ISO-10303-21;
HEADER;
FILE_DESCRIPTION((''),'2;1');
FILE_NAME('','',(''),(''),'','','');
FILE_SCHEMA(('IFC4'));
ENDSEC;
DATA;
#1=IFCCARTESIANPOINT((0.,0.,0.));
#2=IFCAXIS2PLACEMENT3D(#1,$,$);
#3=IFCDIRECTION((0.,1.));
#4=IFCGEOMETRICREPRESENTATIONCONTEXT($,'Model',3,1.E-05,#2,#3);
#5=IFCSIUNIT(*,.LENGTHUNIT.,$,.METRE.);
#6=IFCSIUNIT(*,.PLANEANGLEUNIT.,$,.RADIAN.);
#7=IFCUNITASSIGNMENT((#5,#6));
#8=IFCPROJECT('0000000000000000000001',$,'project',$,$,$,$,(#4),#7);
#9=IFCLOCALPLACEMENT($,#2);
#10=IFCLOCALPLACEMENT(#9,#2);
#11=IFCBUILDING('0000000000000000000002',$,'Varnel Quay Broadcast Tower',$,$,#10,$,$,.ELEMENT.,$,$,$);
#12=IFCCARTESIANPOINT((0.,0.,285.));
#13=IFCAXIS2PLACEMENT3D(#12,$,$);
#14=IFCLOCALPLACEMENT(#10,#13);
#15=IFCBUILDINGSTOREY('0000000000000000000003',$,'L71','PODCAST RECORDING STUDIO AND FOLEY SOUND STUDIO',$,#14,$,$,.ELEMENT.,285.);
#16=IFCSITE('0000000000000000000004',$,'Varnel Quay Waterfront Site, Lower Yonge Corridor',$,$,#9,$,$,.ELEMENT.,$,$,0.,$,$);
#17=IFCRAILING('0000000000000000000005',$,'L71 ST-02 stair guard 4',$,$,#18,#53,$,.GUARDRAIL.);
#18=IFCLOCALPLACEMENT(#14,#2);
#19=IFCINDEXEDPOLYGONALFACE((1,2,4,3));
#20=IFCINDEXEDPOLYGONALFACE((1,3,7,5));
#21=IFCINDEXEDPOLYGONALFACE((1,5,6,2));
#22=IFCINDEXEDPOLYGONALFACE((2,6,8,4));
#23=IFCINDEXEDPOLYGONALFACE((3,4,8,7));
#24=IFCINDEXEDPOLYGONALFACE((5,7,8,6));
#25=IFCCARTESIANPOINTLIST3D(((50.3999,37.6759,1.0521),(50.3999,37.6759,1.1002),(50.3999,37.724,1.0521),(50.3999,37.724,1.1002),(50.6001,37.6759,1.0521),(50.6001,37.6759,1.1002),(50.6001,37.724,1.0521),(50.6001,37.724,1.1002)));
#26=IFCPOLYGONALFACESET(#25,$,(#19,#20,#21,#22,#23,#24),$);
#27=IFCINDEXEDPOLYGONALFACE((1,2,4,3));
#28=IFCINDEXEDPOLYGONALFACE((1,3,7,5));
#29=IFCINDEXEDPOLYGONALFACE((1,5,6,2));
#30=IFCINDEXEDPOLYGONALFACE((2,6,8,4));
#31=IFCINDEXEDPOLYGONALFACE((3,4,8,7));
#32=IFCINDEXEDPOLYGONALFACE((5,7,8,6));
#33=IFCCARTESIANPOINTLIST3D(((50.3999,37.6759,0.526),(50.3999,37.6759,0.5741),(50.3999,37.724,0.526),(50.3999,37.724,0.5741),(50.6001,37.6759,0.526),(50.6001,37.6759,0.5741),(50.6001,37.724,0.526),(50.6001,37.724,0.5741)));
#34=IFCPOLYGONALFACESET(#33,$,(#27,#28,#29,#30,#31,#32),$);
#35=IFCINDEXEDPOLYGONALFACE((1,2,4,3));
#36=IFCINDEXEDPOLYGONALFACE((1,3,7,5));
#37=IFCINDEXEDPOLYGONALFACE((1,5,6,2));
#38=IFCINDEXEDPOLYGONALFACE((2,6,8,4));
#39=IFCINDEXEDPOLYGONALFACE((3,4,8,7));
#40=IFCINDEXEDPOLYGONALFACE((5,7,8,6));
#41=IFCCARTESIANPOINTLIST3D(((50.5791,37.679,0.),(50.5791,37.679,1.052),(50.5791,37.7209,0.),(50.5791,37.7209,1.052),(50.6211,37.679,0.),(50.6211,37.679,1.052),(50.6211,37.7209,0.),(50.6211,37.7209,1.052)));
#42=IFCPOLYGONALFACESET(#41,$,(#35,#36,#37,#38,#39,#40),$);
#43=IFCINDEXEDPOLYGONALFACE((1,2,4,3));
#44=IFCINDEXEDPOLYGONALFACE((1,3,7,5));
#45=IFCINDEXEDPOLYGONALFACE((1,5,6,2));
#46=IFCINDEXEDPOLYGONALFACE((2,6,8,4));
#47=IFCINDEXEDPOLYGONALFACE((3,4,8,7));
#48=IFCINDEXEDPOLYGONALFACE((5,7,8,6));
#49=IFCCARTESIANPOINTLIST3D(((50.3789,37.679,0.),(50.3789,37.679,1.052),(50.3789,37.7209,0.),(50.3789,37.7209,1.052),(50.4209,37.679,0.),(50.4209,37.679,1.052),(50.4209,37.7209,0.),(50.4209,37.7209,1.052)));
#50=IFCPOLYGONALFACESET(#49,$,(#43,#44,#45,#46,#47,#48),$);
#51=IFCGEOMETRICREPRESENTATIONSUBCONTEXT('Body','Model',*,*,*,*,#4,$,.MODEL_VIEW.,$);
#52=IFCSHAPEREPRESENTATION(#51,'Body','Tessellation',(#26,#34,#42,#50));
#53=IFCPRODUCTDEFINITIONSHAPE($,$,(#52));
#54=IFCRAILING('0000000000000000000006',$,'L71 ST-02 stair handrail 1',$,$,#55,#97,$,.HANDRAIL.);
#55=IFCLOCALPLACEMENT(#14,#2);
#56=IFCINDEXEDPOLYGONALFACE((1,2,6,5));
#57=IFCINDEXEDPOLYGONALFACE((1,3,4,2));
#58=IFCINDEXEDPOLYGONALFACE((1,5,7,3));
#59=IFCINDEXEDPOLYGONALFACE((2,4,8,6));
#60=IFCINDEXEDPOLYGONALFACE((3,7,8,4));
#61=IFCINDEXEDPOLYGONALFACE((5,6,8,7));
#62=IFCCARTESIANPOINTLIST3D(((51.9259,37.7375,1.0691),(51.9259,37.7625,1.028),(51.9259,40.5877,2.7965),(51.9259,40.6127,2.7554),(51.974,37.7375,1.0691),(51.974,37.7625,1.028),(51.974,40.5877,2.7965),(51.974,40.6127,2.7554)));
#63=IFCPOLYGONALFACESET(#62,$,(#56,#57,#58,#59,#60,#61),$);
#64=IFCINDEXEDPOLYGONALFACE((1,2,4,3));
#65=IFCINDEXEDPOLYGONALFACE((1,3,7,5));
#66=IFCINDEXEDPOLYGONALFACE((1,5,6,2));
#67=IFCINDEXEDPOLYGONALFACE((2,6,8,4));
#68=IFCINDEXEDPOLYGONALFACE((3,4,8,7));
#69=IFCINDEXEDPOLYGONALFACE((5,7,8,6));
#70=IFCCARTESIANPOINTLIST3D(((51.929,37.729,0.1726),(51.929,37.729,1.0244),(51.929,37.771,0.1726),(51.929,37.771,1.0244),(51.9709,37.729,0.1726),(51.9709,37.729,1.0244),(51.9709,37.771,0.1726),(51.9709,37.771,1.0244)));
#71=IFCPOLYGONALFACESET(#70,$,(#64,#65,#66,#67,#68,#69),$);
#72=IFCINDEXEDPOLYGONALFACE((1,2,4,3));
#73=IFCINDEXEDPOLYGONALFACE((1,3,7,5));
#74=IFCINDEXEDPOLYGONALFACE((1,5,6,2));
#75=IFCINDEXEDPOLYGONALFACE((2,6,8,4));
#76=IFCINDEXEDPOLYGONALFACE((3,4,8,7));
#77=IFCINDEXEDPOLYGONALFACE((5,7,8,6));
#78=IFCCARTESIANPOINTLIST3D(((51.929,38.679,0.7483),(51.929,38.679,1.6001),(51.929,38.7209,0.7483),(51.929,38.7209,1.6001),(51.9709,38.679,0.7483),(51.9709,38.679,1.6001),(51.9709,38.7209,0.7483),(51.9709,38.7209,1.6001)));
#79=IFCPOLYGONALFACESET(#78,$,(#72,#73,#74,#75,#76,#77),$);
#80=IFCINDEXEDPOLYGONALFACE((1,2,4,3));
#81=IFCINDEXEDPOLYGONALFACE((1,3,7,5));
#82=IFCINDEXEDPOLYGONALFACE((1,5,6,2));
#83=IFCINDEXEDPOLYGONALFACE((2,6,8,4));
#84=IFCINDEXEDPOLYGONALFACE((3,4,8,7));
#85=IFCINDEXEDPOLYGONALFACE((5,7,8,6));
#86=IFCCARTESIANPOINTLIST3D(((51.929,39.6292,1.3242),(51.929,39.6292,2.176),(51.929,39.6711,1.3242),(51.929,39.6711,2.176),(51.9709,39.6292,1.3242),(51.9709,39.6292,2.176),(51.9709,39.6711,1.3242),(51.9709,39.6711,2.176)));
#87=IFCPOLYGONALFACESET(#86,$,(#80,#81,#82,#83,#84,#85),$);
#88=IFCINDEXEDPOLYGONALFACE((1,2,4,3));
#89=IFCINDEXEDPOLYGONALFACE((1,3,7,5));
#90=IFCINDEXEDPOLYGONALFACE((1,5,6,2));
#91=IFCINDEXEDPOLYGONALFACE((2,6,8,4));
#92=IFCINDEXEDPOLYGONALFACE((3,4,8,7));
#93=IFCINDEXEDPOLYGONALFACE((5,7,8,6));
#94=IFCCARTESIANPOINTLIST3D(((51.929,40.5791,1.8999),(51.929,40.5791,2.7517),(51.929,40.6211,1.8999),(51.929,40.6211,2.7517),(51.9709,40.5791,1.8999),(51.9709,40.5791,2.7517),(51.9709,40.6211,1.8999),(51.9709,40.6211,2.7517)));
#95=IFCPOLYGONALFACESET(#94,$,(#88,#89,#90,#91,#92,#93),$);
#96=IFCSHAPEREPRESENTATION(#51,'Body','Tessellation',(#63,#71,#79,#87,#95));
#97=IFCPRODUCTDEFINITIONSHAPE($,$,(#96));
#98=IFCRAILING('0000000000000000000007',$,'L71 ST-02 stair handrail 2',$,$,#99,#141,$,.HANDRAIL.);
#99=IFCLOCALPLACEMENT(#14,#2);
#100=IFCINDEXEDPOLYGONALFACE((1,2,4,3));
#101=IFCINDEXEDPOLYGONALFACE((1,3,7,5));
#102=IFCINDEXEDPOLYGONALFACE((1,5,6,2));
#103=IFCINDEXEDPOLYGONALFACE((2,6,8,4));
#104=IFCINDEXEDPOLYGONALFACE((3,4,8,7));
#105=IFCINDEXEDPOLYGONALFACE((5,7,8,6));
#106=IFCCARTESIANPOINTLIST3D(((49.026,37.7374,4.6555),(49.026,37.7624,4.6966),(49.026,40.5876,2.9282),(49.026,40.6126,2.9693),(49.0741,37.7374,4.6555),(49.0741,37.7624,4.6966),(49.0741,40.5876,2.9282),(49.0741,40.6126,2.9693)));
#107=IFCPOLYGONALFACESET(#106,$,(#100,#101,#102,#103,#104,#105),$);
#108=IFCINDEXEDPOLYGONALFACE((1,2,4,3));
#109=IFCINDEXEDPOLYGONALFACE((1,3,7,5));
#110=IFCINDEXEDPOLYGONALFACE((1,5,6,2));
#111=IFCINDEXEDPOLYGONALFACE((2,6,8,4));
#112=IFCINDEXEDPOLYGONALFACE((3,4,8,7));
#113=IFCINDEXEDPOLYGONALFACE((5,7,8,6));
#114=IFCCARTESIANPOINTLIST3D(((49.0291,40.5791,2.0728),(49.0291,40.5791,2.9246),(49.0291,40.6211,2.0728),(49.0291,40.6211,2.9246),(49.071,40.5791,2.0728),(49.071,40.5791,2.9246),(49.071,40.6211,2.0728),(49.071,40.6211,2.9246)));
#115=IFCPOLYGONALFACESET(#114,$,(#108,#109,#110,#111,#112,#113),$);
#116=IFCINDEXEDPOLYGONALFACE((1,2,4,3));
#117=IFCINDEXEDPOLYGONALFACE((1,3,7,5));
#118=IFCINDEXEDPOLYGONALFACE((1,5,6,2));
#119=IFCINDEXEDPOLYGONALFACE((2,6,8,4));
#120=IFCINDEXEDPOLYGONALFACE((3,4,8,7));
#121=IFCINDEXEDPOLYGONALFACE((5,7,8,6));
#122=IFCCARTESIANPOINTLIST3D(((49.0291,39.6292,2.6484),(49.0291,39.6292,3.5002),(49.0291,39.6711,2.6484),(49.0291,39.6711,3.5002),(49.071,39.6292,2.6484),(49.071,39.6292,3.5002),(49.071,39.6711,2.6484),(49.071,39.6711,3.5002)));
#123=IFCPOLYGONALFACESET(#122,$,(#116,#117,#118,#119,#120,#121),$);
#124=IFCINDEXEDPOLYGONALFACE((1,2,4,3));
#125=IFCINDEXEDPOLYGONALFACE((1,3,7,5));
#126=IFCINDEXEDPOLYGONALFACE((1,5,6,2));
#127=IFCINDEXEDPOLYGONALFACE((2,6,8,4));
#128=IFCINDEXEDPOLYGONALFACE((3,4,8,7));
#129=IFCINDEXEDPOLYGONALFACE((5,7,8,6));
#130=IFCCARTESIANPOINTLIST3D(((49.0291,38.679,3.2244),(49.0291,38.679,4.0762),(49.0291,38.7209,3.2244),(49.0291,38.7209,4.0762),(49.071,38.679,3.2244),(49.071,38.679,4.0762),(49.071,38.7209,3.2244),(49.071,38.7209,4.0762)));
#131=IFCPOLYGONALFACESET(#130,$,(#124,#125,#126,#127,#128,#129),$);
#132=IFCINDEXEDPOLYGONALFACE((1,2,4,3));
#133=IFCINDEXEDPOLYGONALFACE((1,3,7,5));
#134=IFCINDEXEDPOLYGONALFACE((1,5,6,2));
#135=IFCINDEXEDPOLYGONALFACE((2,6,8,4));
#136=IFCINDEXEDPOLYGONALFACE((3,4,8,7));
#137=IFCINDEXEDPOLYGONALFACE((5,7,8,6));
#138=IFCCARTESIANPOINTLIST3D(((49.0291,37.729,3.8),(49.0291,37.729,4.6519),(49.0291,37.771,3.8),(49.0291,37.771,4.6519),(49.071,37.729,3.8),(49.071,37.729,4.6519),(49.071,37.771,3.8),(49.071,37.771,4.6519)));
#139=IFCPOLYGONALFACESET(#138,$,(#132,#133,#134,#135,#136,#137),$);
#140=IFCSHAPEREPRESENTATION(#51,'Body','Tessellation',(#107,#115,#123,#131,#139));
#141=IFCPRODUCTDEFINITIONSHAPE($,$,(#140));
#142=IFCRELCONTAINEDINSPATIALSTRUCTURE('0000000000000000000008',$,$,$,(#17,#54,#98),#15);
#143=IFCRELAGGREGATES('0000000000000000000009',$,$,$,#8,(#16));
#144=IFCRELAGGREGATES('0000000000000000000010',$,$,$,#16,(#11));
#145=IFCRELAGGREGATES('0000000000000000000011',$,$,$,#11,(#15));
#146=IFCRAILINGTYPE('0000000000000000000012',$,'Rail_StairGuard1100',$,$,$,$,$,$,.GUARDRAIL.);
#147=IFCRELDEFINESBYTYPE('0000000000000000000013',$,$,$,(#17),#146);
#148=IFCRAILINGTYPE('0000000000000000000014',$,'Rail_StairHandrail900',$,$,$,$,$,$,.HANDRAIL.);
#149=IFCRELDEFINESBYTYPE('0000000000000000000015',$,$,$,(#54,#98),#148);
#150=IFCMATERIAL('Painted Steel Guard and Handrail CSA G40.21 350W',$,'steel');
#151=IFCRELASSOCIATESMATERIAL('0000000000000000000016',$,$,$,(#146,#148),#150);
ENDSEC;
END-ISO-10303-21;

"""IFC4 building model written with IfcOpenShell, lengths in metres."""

from ifc_helpers import new_model, si_unit, direction, frame, origin, origin_2d, place, context, subcontext, project, spatial, rectangle, extrude, material, type_object, element, save


model = new_model("IFC4")

# Units and contexts
model_context = context("Model", 3, precision=1e-05, world=origin(), true_north=direction((0.0, 1.0)))
body_context = subcontext(model_context, "Body", "Model", "MODEL_VIEW")
ifc_project = project(units=[si_unit("LENGTHUNIT", "METRE"), si_unit("PLANEANGLEUNIT", "RADIAN")], contexts=[model_context])

# Site, building, storey
site_placement = place(None, origin())
site = spatial("IfcSite", under=ifc_project, at=site_placement, Name="Varnel Quay Waterfront Site, Lower Yonge Corridor", CompositionType="ELEMENT", RefElevation=0.0)
building_placement = place(site_placement, origin())
building = spatial("IfcBuilding", under=site, at=building_placement, Name="Varnel Quay Broadcast Tower", CompositionType="ELEMENT")
storey_placement = place(building_placement, frame((0.0, 0.0, 285.0)))
storey = spatial("IfcBuildingStorey", under=building, at=storey_placement, Name="L71", Description="PODCAST RECORDING STUDIO AND FOLEY SOUND STUDIO", CompositionType="ELEMENT", Elevation=285.0)

# Railings
ifc_material_1 = material(Name="Painted Steel Guard and Handrail CSA G40.21 350W", Category="steel")
railing_type_1 = type_object("IfcRailingType", Name="Rail_StairGuard1100", PredefinedType="GUARDRAIL", material=ifc_material_1)
railing_1_placement = place(storey_placement, frame((50.6001, 37.7, 0.0)))
element("IfcRailing", 1, at=railing_1_placement, inside=storey, type_object=railing_type_1, Name="L71 ST-02 stair guard 4", PredefinedType="GUARDRAIL", context=body_context, shape_type="SweptSolid", body=[
    extrude(rectangle(XDim=0.0481, YDim=0.0481, at=origin_2d()), frame((0.0, 0.0, 1.0762), z_axis=(-1.0, 0.0, 0.0), x_axis=(0.0, -1.0, 0.0)), (0.0, 0.0, 1.0), 0.2002),
    extrude(rectangle(XDim=0.0481, YDim=0.0481, at=origin_2d()), frame((0.0, 0.0, 0.55), z_axis=(-1.0, 0.0, 0.0), x_axis=(0.0, -1.0, 0.0)), (0.0, 0.0, 1.0), 0.2002),
    extrude(rectangle(XDim=0.042, YDim=0.042, at=origin_2d()), origin(), (0.0, 0.0, 1.0), 1.052),
    extrude(rectangle(XDim=0.042, YDim=0.042, at=origin_2d()), frame((-0.2002, 0.0, 0.0)), (0.0, 0.0, 1.0), 1.052),
])
railing_type_2 = type_object("IfcRailingType", Name="Rail_StairHandrail900", PredefinedType="HANDRAIL", material=ifc_material_1)
railing_2_placement = place(storey_placement, frame((51.95, 37.75, 0.1726)))
element("IfcRailing", 2, at=railing_2_placement, inside=storey, type_object=railing_type_2, Name="L71 ST-02 stair handrail 1", PredefinedType="HANDRAIL", context=body_context, shape_type="SweptSolid", body=[
    extrude(rectangle(XDim=0.0481, YDim=0.0481, at=origin_2d()), frame((0.0, 0.0, 0.876), z_axis=(0.0, 0.855203, 0.518294), x_axis=(-1.0, 0.0, 0.0)), (0.0, 0.0, 1.0), 3.3328),
    extrude(rectangle(XDim=0.042, YDim=0.042, at=origin_2d()), origin(), (0.0, 0.0, 1.0), 0.8518),
    extrude(rectangle(XDim=0.042, YDim=0.042, at=origin_2d()), frame((0.0, 0.95, 0.5757)), (0.0, 0.0, 1.0), 0.8518),
    extrude(rectangle(XDim=0.042, YDim=0.042, at=origin_2d()), frame((0.0, 1.9001, 1.1516)), (0.0, 0.0, 1.0), 0.8518),
    extrude(rectangle(XDim=0.042, YDim=0.042, at=origin_2d()), frame((0.0, 2.8501, 1.7273)), (0.0, 0.0, 1.0), 0.8518),
])
railing_3_placement = place(storey_placement, frame((49.05, 40.6001, 2.0728)))
element("IfcRailing", 3, at=railing_3_placement, inside=storey, type_object=railing_type_2, Name="L71 ST-02 stair handrail 2", PredefinedType="HANDRAIL", context=body_context, shape_type="SweptSolid", body=[
    extrude(rectangle(XDim=0.0481, YDim=0.0481, at=origin_2d()), frame((0.0, 0.0, 0.876), z_axis=(0.0, -0.855203, 0.518294), x_axis=(1.0, 0.0, 0.0)), (0.0, 0.0, 1.0), 3.3328),
    extrude(rectangle(XDim=0.042, YDim=0.042, at=origin_2d()), origin(), (0.0, 0.0, 1.0), 0.8518),
    extrude(rectangle(XDim=0.042, YDim=0.042, at=origin_2d()), frame((0.0, -0.95, 0.5757)), (0.0, 0.0, 1.0), 0.8518),
    extrude(rectangle(XDim=0.042, YDim=0.042, at=origin_2d()), frame((0.0, -1.9001, 1.1516)), (0.0, 0.0, 1.0), 0.8518),
    extrude(rectangle(XDim=0.042, YDim=0.042, at=origin_2d()), frame((0.0, -2.8501, 1.7273)), (0.0, 0.0, 1.0), 0.8518),
])

save(model, "model.ifc")
